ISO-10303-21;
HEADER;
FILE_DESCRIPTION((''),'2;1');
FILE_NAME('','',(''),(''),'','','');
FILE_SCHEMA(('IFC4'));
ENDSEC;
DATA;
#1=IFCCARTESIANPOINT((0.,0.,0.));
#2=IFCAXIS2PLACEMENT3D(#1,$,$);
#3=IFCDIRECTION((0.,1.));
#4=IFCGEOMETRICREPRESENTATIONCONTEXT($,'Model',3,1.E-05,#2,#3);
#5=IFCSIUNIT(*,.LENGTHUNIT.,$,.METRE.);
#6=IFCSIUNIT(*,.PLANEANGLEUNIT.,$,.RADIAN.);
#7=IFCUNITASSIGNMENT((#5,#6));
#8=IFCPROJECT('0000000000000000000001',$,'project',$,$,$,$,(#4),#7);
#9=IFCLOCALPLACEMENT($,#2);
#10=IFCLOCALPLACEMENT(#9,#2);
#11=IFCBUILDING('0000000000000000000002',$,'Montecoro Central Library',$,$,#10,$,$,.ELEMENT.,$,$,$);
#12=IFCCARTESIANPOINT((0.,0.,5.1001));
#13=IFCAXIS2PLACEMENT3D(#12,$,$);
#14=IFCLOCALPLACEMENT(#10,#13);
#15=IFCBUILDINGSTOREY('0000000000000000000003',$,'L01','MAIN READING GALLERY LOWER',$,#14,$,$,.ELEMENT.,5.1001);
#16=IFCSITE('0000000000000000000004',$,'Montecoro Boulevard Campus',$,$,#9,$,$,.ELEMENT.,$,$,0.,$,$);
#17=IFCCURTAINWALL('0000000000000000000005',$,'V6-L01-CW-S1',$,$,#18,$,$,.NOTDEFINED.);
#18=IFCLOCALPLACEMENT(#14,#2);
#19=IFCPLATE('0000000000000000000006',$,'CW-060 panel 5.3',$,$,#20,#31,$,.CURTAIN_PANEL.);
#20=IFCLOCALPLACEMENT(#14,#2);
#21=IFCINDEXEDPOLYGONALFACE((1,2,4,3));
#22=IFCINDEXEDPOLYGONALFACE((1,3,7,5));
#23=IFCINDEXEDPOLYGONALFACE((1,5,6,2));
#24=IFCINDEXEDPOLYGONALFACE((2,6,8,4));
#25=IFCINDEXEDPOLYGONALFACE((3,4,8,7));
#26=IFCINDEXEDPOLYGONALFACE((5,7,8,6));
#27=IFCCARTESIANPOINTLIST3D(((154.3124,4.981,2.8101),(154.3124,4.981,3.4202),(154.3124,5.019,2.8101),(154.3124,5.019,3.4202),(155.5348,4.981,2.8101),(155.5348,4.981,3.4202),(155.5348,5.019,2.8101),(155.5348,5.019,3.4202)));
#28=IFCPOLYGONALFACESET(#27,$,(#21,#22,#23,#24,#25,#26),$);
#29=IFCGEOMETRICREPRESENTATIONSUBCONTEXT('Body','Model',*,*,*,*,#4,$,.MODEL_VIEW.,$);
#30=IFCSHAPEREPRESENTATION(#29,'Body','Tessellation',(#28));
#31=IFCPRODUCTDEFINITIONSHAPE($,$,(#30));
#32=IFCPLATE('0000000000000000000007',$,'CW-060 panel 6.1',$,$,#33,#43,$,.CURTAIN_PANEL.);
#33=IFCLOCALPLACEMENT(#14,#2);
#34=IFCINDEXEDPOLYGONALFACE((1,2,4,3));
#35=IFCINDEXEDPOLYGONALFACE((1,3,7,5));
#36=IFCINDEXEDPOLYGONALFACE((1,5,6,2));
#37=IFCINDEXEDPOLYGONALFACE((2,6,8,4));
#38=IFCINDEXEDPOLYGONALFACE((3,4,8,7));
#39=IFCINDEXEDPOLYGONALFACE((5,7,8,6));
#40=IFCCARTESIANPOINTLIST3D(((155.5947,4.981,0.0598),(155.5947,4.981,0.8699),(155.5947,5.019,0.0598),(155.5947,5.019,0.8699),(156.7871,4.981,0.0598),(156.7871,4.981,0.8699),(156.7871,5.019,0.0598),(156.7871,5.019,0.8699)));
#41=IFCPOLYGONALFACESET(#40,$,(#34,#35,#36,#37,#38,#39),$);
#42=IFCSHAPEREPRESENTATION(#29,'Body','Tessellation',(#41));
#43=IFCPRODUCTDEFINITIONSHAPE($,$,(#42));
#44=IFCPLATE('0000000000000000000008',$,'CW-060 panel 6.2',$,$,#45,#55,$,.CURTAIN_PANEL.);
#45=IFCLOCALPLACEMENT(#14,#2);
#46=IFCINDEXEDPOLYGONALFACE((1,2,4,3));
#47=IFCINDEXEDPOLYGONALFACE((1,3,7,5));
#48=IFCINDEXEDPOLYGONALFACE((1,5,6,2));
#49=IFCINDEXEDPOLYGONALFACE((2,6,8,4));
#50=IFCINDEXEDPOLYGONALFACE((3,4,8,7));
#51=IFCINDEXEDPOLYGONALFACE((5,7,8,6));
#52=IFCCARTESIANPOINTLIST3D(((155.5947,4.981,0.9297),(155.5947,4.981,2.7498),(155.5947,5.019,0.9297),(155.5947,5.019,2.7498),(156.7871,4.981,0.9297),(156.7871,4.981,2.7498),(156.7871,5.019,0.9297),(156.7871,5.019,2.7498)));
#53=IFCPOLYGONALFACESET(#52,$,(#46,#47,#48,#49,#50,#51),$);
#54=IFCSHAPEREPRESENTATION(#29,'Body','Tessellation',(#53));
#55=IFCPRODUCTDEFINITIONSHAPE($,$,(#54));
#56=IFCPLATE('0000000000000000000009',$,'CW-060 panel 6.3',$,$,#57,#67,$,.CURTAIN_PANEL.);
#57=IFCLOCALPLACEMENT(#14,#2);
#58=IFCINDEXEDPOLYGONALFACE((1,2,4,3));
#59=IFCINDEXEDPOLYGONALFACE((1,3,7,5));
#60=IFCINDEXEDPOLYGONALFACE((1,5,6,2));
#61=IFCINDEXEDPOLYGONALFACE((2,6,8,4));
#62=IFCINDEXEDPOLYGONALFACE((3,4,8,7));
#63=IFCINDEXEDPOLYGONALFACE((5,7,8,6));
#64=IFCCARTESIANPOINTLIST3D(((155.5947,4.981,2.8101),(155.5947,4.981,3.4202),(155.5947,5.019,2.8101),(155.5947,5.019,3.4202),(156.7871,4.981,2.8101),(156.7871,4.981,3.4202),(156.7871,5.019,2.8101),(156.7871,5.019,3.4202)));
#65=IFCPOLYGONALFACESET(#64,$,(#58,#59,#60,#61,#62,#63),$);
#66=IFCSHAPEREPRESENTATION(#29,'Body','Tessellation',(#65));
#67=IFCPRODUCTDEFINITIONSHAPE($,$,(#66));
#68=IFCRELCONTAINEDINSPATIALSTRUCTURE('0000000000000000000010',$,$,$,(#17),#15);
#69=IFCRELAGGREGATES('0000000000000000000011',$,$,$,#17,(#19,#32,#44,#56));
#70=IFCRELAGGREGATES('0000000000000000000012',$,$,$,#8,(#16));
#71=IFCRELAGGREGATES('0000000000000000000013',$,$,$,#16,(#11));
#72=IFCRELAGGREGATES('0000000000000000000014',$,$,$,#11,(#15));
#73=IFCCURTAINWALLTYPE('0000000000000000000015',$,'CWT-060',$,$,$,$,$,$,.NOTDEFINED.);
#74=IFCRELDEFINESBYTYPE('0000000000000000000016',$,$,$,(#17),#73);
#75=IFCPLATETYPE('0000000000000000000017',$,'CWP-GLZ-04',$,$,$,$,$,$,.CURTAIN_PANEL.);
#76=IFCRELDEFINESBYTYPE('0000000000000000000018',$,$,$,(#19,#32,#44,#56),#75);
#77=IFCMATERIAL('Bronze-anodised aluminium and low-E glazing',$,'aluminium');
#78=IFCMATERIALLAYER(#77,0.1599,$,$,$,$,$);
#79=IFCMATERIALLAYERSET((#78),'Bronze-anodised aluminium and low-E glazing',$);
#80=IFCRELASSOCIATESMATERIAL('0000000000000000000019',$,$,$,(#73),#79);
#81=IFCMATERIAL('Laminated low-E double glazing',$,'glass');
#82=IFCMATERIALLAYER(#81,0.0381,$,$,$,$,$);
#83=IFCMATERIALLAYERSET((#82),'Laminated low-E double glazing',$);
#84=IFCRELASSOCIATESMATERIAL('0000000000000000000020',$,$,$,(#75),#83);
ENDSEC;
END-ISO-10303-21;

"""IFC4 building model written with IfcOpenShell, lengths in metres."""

from ifc_helpers import new_model, si_unit, direction, frame, origin, origin_2d, place, context, subcontext, project, spatial, rectangle, extrude, material, layer, layer_set, type_object, element, aggregate, save


model = new_model("IFC4")

# Units and contexts
model_context = context("Model", 3, precision=1e-05, world=origin(), true_north=direction((0.0, 1.0)))
body_context = subcontext(model_context, "Body", "Model", "MODEL_VIEW")
ifc_project = project(units=[si_unit("LENGTHUNIT", "METRE"), si_unit("PLANEANGLEUNIT", "RADIAN")], contexts=[model_context])

# Site, building, storey
site_placement = place(None, origin())
site = spatial("IfcSite", under=ifc_project, at=site_placement, Name="Montecoro Boulevard Campus", CompositionType="ELEMENT", RefElevation=0.0)
building_placement = place(site_placement, origin())
building = spatial("IfcBuilding", under=site, at=building_placement, Name="Montecoro Central Library", CompositionType="ELEMENT")
storey_placement = place(building_placement, frame((0.0, 0.0, 5.1001)))
storey = spatial("IfcBuildingStorey", under=building, at=storey_placement, Name="L01", Description="MAIN READING GALLERY LOWER", CompositionType="ELEMENT", Elevation=5.1001)

# Curtain wall, plates
ifc_material_1 = material(Name="Bronze-anodised aluminium and low-E glazing", Category="aluminium")
ifc_layer_1 = layer(ifc_material_1, 0.1599)
ifc_layer_set_1 = layer_set([ifc_layer_1], Name="Bronze-anodised aluminium and low-E glazing")
curtain_wall_type = type_object("IfcCurtainWallType", Name="CWT-060", PredefinedType="NOTDEFINED", material=ifc_layer_set_1)
curtain_wall_placement = place(storey_placement, origin())
curtain_wall = element("IfcCurtainWall", 1, at=curtain_wall_placement, inside=storey, type_object=curtain_wall_type, Name="V6-L01-CW-S1", PredefinedType="NOTDEFINED")
ifc_material_2 = material(Name="Laminated low-E double glazing", Category="glass")
ifc_layer_2 = layer(ifc_material_2, 0.0381)
ifc_layer_set_2 = layer_set([ifc_layer_2], Name="Laminated low-E double glazing")
plate_type = type_object("IfcPlateType", Name="CWP-GLZ-04", PredefinedType="CURTAIN_PANEL", material=ifc_layer_set_2)
plate_1_placement = place(storey_placement, frame((154.9236, 5.0, 2.8101), z_axis=(0.0, 0.0, 1.0), x_axis=(1.0, 0.0, 0.0)))
plate_1 = element("IfcPlate", 2, at=plate_1_placement, type_object=plate_type, Name="CW-060 panel 5.3", PredefinedType="CURTAIN_PANEL", context=body_context, shape_type="SweptSolid", body=[
    extrude(rectangle(XDim=1.2224, YDim=0.0381, at=origin_2d()), origin(), (0.0, 0.0, 1.0), 0.6101),
])
plate_2_placement = place(storey_placement, frame((156.1909, 5.0, 0.0598), z_axis=(0.0, 0.0, 1.0), x_axis=(1.0, 0.0, 0.0)))
plate_2 = element("IfcPlate", 3, at=plate_2_placement, type_object=plate_type, Name="CW-060 panel 6.1", PredefinedType="CURTAIN_PANEL", context=body_context, shape_type="SweptSolid", body=[
    extrude(rectangle(XDim=1.1924, YDim=0.0381, at=origin_2d()), origin(), (0.0, 0.0, 1.0), 0.8101),
])
plate_3_placement = place(storey_placement, frame((156.1909, 5.0, 0.9297), z_axis=(0.0, 0.0, 1.0), x_axis=(1.0, 0.0, 0.0)))
plate_3 = element("IfcPlate", 4, at=plate_3_placement, type_object=plate_type, Name="CW-060 panel 6.2", PredefinedType="CURTAIN_PANEL", context=body_context, shape_type="SweptSolid", body=[
    extrude(rectangle(XDim=1.1924, YDim=0.0381, at=origin_2d()), origin(), (0.0, 0.0, 1.0), 1.8201),
])
plate_4_placement = place(storey_placement, frame((156.1909, 5.0, 2.8101), z_axis=(0.0, 0.0, 1.0), x_axis=(1.0, 0.0, 0.0)))
plate_4 = element("IfcPlate", 5, at=plate_4_placement, type_object=plate_type, Name="CW-060 panel 6.3", PredefinedType="CURTAIN_PANEL", context=body_context, shape_type="SweptSolid", body=[
    extrude(rectangle(XDim=1.1924, YDim=0.0381, at=origin_2d()), origin(), (0.0, 0.0, 1.0), 0.6101),
])
aggregate(curtain_wall, [plate_1, plate_2, plate_3, plate_4])

save(model, "model.ifc")
